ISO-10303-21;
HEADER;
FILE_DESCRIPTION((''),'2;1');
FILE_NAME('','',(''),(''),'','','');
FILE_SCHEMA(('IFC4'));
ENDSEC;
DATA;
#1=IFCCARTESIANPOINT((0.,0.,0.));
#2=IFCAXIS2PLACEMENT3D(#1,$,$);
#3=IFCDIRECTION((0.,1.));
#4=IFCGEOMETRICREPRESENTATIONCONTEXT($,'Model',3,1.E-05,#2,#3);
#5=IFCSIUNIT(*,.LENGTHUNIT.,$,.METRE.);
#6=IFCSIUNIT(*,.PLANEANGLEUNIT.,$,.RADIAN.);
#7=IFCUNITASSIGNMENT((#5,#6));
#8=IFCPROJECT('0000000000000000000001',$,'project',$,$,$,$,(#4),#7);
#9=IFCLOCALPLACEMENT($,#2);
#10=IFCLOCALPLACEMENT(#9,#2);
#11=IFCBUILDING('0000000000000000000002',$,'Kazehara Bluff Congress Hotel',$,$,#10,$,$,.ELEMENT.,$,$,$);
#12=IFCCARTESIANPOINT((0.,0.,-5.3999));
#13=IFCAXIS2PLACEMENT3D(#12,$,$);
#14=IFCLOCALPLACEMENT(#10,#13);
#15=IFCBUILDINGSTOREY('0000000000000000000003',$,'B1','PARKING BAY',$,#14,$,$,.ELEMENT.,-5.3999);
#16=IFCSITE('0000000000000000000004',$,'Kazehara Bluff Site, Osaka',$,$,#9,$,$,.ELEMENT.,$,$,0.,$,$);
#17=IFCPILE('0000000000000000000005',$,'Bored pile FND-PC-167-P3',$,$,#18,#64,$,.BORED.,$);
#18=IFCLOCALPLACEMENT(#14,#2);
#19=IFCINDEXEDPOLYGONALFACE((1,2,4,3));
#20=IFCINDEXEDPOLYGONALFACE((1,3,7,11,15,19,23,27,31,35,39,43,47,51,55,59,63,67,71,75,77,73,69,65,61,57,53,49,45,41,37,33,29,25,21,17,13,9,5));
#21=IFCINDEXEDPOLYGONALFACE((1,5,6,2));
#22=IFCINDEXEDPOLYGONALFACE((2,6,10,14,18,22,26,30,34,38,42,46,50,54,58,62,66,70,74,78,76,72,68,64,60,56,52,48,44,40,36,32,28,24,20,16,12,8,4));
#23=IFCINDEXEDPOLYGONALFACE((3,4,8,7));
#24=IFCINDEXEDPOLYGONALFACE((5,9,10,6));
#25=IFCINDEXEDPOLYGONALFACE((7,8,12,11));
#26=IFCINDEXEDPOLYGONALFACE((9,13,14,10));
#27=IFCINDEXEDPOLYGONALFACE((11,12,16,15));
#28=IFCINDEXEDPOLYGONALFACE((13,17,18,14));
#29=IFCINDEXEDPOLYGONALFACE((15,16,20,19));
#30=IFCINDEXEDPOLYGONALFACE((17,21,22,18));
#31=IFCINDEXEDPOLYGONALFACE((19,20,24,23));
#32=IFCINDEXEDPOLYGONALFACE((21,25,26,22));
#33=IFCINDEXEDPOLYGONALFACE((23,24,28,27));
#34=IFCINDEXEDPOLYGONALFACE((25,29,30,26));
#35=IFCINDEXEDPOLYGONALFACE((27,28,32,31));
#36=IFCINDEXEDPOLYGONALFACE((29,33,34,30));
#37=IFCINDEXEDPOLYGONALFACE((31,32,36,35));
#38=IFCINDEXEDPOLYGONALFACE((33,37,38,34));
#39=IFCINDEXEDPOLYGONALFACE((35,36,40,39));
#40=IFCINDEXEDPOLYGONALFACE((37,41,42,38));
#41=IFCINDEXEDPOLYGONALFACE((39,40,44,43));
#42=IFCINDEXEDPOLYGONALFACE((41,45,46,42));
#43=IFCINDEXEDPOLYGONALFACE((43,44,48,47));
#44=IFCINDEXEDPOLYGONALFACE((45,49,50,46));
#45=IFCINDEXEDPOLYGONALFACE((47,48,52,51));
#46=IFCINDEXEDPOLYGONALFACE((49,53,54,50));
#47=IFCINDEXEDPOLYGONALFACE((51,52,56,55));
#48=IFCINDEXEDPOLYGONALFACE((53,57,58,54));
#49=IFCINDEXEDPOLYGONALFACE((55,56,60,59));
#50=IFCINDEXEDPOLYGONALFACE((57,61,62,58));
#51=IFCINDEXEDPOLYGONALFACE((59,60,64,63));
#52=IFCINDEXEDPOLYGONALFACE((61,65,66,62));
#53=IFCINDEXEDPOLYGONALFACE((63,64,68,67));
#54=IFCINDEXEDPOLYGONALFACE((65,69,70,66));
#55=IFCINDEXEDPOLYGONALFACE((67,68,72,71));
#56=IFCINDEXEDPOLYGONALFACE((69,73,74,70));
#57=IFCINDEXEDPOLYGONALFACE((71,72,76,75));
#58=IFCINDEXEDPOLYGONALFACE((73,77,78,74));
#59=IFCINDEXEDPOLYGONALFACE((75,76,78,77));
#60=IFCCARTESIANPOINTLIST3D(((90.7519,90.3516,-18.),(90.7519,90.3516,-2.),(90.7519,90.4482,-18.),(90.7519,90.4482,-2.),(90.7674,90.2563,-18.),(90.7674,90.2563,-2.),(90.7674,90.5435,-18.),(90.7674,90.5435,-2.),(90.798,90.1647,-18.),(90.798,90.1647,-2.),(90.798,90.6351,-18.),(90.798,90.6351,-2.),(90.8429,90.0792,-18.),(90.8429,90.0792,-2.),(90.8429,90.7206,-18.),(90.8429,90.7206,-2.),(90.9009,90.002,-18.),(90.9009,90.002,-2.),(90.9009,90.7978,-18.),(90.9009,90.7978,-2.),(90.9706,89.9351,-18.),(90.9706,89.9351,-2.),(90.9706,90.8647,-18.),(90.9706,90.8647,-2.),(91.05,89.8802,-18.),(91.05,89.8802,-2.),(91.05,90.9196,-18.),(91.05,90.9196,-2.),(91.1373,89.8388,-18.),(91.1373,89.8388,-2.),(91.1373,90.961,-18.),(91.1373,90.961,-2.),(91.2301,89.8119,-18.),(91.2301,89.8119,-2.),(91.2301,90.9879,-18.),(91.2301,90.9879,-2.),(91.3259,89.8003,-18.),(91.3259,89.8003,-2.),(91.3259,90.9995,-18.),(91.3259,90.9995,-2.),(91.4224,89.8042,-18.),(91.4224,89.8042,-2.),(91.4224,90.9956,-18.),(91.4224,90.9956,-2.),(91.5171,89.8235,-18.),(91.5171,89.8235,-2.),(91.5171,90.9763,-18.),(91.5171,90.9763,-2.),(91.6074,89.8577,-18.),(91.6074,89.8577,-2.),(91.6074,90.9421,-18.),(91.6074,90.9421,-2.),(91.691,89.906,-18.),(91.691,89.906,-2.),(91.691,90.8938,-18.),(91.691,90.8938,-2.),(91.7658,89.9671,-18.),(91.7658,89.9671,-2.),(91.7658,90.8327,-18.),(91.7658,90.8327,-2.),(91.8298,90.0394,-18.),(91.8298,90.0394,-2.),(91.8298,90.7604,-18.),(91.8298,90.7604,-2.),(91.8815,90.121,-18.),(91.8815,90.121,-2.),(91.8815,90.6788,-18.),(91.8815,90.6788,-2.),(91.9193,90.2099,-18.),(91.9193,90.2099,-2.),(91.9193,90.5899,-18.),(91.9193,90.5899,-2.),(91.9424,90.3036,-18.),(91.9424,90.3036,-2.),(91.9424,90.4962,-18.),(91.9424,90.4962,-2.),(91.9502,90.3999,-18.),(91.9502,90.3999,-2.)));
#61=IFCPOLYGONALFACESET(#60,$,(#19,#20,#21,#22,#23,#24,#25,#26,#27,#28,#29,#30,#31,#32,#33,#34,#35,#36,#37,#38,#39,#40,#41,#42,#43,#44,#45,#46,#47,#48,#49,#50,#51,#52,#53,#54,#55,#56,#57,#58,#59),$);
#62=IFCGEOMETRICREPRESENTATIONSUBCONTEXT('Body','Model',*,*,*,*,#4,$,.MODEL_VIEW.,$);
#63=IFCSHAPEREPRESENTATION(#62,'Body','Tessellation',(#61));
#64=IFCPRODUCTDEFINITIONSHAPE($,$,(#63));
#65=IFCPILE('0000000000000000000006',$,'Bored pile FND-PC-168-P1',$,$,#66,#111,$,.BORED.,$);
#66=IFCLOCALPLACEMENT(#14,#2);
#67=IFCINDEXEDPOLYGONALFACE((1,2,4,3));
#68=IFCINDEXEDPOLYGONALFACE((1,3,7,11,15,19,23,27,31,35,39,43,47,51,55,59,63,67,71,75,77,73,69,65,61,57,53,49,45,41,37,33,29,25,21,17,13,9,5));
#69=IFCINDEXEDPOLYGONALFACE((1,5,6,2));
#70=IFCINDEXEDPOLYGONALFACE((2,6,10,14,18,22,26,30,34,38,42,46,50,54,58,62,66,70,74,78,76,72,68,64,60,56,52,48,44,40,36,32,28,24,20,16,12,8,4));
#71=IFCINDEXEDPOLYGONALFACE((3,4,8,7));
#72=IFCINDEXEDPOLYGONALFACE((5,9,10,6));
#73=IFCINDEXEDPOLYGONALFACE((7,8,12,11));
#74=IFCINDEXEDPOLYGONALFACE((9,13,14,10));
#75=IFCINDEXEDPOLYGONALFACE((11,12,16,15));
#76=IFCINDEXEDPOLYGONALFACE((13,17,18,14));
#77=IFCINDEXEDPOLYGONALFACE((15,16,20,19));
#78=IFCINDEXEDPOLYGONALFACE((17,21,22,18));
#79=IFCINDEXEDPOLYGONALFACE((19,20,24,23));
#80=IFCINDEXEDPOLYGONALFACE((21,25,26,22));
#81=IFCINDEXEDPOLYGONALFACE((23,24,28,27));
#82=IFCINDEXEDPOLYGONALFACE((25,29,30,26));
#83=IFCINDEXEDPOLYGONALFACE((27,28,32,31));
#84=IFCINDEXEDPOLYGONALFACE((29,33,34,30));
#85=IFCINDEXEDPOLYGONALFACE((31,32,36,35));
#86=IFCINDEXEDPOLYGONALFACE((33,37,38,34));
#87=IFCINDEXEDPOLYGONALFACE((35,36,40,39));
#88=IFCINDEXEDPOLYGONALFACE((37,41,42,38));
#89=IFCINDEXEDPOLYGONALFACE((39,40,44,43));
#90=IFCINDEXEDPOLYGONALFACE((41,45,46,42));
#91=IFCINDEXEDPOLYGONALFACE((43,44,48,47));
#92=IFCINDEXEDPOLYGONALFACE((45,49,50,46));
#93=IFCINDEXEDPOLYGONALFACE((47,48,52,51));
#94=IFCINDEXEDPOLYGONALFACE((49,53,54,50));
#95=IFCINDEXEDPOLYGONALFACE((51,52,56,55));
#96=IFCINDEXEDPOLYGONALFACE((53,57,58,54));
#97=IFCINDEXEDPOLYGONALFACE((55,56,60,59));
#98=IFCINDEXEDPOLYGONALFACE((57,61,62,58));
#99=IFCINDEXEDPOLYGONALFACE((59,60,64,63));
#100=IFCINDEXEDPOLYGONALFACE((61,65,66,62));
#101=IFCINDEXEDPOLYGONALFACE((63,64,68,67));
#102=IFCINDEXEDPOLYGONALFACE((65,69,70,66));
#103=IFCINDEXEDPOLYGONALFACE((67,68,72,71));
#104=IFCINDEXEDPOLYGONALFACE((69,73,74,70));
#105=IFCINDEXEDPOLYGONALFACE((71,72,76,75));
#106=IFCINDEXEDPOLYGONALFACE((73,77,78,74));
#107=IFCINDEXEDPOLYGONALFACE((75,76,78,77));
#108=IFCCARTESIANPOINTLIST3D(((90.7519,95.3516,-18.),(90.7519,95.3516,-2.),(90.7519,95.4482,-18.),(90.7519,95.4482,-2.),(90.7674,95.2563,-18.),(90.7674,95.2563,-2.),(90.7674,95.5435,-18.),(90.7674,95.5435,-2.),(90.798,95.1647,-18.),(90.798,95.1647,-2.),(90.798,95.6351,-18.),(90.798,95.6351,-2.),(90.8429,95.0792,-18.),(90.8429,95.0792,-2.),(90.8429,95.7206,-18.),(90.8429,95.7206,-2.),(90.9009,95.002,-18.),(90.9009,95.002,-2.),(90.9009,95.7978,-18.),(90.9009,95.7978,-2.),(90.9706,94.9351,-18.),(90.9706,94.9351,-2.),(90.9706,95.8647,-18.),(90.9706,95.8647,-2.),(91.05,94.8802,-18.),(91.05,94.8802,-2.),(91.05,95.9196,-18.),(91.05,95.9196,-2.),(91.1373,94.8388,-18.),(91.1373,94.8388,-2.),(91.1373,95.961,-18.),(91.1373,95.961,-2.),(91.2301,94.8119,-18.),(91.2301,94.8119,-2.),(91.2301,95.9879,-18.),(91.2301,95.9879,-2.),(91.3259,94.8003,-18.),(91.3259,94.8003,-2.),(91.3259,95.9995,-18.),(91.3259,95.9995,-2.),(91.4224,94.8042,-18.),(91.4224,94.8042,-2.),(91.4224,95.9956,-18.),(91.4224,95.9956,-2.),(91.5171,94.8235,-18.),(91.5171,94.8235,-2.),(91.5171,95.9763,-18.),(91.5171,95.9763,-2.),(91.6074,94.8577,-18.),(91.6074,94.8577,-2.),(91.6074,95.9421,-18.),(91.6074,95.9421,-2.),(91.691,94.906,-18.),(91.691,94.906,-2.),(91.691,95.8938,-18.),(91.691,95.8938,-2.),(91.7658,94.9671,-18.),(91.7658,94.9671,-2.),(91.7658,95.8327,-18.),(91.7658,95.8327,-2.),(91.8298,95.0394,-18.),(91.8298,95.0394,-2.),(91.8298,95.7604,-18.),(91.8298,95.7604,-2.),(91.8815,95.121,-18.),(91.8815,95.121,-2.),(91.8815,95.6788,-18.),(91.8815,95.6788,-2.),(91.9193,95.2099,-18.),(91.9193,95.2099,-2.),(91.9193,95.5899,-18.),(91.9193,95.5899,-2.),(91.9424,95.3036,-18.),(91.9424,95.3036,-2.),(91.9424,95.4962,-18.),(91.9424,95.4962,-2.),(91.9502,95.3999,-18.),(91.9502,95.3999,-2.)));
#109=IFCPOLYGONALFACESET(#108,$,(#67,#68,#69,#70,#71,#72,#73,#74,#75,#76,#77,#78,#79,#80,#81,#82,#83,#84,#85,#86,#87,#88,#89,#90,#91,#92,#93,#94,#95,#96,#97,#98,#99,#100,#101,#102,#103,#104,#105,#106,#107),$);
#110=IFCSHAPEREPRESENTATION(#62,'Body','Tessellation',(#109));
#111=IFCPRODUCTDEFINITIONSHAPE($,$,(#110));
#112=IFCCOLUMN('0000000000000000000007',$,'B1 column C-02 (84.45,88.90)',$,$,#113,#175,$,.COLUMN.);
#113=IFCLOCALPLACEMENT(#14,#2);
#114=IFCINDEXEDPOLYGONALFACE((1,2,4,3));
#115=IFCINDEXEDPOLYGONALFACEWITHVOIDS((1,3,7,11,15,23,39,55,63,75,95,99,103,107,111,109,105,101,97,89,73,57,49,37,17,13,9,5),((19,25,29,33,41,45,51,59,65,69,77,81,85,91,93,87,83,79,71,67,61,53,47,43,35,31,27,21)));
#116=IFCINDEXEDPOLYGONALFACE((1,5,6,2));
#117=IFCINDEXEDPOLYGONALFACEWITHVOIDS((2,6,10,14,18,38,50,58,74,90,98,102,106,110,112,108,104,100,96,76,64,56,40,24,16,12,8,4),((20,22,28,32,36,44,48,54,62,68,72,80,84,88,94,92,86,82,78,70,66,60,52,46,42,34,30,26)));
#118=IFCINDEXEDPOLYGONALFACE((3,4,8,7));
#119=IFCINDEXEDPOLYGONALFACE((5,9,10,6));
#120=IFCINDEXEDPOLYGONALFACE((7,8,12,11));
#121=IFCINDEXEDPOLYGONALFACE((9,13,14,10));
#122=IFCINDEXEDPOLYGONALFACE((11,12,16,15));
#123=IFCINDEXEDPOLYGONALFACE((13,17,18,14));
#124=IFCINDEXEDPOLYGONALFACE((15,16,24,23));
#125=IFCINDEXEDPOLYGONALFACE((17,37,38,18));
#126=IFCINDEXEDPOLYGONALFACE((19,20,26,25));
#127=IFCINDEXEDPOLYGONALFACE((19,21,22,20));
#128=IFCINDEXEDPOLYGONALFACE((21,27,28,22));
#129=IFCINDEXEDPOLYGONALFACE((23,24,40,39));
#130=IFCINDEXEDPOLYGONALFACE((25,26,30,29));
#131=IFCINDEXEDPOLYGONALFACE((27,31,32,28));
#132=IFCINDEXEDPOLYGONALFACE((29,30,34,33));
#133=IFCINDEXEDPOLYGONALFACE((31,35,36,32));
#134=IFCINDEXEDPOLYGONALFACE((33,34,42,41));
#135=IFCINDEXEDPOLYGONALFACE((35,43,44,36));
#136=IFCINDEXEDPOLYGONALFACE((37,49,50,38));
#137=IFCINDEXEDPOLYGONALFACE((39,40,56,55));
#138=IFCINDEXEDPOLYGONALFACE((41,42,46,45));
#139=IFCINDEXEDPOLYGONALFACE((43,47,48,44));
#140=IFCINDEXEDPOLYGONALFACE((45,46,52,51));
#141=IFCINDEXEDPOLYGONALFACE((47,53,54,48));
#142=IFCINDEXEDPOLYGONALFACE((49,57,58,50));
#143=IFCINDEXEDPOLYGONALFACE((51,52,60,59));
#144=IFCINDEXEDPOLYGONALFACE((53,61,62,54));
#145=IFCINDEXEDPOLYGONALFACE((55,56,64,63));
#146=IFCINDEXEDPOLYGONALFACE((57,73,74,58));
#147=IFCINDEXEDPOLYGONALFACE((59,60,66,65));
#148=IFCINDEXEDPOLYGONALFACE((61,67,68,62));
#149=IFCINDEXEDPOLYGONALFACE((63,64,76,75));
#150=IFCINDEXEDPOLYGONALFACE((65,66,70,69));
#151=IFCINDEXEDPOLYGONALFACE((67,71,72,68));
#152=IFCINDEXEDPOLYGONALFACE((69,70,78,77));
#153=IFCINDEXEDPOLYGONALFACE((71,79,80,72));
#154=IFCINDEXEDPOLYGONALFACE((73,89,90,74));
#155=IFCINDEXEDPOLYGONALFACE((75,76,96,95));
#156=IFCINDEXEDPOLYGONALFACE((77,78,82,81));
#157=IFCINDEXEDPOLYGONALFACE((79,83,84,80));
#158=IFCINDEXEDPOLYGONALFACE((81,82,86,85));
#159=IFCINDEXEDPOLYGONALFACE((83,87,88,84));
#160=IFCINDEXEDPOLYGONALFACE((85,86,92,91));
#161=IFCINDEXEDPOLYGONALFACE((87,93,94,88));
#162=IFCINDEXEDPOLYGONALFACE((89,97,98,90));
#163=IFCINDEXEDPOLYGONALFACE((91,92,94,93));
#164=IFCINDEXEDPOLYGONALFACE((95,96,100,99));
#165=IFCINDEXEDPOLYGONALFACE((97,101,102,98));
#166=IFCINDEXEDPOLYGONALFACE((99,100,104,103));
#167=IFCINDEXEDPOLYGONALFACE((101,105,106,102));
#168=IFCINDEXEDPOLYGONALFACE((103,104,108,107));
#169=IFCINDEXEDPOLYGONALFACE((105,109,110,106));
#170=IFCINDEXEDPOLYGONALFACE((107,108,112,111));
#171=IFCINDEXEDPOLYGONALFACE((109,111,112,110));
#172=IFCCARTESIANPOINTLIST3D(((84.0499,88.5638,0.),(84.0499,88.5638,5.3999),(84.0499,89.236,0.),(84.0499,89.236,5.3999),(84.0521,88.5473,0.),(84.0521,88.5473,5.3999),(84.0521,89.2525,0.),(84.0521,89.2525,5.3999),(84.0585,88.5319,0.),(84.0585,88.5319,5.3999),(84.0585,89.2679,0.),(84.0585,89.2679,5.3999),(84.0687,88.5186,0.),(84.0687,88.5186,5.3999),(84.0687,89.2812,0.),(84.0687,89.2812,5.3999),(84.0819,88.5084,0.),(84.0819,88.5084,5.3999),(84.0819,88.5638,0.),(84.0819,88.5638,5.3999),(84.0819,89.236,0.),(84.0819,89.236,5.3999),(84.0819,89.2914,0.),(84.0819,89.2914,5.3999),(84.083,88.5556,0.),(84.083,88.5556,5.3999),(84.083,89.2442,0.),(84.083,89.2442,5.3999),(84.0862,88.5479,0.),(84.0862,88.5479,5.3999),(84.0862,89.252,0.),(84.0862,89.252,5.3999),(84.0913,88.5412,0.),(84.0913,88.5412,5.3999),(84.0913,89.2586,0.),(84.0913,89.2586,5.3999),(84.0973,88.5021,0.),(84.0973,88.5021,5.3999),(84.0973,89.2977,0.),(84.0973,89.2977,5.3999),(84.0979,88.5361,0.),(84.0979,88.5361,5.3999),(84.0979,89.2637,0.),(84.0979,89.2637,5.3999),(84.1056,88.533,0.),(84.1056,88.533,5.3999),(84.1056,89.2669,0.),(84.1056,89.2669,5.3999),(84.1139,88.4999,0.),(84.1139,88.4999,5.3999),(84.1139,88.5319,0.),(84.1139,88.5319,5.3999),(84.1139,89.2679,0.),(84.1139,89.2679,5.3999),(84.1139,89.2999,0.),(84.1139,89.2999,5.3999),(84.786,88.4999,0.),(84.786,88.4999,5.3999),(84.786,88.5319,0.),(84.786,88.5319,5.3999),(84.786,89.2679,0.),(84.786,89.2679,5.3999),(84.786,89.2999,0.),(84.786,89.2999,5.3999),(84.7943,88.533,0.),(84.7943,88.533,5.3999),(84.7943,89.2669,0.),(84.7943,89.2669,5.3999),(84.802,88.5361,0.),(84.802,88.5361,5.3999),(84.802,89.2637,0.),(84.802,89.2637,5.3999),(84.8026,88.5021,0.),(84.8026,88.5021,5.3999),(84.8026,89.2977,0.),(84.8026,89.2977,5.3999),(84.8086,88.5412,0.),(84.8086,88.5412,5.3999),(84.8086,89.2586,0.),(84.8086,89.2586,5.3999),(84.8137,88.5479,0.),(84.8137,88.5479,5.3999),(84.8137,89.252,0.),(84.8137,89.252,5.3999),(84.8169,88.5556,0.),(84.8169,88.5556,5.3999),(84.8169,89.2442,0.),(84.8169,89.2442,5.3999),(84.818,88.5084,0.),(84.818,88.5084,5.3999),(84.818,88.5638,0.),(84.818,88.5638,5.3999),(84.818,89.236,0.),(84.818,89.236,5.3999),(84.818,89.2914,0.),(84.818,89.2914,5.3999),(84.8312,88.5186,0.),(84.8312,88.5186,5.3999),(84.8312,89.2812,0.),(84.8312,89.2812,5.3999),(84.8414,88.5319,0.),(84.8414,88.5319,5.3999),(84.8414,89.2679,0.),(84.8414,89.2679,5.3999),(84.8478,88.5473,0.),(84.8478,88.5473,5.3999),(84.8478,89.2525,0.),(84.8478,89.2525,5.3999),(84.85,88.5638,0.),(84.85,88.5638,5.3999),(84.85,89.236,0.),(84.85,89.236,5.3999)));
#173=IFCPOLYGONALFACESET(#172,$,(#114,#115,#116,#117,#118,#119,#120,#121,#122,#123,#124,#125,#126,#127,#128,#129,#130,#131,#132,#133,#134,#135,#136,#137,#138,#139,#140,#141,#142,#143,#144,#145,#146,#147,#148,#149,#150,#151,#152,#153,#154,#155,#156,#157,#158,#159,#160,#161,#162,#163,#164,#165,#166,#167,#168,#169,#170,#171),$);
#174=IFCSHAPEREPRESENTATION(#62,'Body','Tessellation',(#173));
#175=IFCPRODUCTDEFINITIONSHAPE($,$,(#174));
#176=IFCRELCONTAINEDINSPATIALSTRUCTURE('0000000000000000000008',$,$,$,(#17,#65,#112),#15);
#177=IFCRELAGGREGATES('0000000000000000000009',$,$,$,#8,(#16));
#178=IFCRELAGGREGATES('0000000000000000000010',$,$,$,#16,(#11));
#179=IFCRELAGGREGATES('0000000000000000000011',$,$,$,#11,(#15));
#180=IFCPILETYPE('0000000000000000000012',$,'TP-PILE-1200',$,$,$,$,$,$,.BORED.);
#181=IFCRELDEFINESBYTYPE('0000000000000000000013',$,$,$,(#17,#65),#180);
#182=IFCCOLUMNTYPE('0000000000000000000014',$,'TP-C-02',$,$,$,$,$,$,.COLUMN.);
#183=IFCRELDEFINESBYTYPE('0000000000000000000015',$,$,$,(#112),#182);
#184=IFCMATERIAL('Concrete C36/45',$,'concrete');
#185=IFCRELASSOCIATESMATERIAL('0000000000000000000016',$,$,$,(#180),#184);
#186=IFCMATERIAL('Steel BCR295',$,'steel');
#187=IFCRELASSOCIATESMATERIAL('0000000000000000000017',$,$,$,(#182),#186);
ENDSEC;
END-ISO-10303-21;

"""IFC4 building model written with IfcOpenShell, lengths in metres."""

from ifc_helpers import new_model, si_unit, direction, frame, origin, origin_2d, place, context, subcontext, project, spatial, hollow_rectangle, circle, extrude, material, material_profile, profile_set, type_object, element, save


model = new_model("IFC4")

# Units and contexts
model_context = context("Model", 3, precision=1e-05, world=origin(), true_north=direction((0.0, 1.0)))
body_context = subcontext(model_context, "Body", "Model", "MODEL_VIEW")
ifc_project = project(units=[si_unit("LENGTHUNIT", "METRE"), si_unit("PLANEANGLEUNIT", "RADIAN")], contexts=[model_context])

# Site, building, storey
site_placement = place(None, origin())
site = spatial("IfcSite", under=ifc_project, at=site_placement, Name="Kazehara Bluff Site, Osaka", CompositionType="ELEMENT", RefElevation=0.0)
building_placement = place(site_placement, origin())
building = spatial("IfcBuilding", under=site, at=building_placement, Name="Kazehara Bluff Congress Hotel", CompositionType="ELEMENT")
storey_placement = place(building_placement, frame((0.0, 0.0, -5.3999)))
storey = spatial("IfcBuildingStorey", under=building, at=storey_placement, Name="B1", Description="PARKING BAY", CompositionType="ELEMENT", Elevation=-5.3999)

# Piles
ifc_material_1 = material(Name="Concrete C36/45", Category="concrete")
ifc_material_profile_1 = material_profile(ifc_material_1, circle(Radius=0.6001, at=origin_2d()))
ifc_profile_set_1 = profile_set([ifc_material_profile_1], Name="Concrete C36/45")
pile_type = type_object("IfcPileType", Name="TP-PILE-1200", PredefinedType="BORED", material=ifc_profile_set_1)
for number, where, z_axis, x_axis, name in (
    (1, (91.3501, 90.3999, -2.0), (0.0, 0.0, -1.0), (1.0, 0.0, 0.0), "Bored pile FND-PC-167-P3"),
    (2, (91.3501, 95.3999, -2.0), (0.0, 0.0, -1.0), (1.0, 0.0, 0.0), "Bored pile FND-PC-168-P1"),
):
    element("IfcPile", number, at=place(storey_placement, frame(where, z_axis=z_axis, x_axis=x_axis)), inside=storey, type_object=pile_type, Name=name, PredefinedType="BORED", context=body_context, shape_type="SweptSolid", body=[
        extrude(circle(Radius=0.6001, at=origin_2d()), origin(), (0.0, 0.0, 1.0), 16.0),
    ])

# Column
ifc_material_2 = material(Name="Steel BCR295", Category="steel")
ifc_material_profile_2 = material_profile(ifc_material_2, hollow_rectangle(XDim=0.8, YDim=0.8, WallThickness=0.032, InnerFilletRadius=0.032, OuterFilletRadius=0.064, at=origin_2d()))
ifc_profile_set_2 = profile_set([ifc_material_profile_2], Name="Steel BCR295")
column_type = type_object("IfcColumnType", Name="TP-C-02", PredefinedType="COLUMN", material=ifc_profile_set_2)
for number, where, z_axis, x_axis, name in (
    (3, (84.45, 88.8999, 0.0), (0.0, 0.0, 1.0), (1.0, 0.0, 0.0), "B1 column C-02 (84.45,88.90)"),
):
    element("IfcColumn", number, at=place(storey_placement, frame(where, z_axis=z_axis, x_axis=x_axis)), inside=storey, type_object=column_type, Name=name, PredefinedType="COLUMN", context=body_context, shape_type="SweptSolid", body=[
        extrude(hollow_rectangle(XDim=0.8, YDim=0.8, WallThickness=0.032, InnerFilletRadius=0.032, OuterFilletRadius=0.064, at=origin_2d()), origin(), (0.0, 0.0, 1.0), 5.3999),
    ])

save(model, "model.ifc")
